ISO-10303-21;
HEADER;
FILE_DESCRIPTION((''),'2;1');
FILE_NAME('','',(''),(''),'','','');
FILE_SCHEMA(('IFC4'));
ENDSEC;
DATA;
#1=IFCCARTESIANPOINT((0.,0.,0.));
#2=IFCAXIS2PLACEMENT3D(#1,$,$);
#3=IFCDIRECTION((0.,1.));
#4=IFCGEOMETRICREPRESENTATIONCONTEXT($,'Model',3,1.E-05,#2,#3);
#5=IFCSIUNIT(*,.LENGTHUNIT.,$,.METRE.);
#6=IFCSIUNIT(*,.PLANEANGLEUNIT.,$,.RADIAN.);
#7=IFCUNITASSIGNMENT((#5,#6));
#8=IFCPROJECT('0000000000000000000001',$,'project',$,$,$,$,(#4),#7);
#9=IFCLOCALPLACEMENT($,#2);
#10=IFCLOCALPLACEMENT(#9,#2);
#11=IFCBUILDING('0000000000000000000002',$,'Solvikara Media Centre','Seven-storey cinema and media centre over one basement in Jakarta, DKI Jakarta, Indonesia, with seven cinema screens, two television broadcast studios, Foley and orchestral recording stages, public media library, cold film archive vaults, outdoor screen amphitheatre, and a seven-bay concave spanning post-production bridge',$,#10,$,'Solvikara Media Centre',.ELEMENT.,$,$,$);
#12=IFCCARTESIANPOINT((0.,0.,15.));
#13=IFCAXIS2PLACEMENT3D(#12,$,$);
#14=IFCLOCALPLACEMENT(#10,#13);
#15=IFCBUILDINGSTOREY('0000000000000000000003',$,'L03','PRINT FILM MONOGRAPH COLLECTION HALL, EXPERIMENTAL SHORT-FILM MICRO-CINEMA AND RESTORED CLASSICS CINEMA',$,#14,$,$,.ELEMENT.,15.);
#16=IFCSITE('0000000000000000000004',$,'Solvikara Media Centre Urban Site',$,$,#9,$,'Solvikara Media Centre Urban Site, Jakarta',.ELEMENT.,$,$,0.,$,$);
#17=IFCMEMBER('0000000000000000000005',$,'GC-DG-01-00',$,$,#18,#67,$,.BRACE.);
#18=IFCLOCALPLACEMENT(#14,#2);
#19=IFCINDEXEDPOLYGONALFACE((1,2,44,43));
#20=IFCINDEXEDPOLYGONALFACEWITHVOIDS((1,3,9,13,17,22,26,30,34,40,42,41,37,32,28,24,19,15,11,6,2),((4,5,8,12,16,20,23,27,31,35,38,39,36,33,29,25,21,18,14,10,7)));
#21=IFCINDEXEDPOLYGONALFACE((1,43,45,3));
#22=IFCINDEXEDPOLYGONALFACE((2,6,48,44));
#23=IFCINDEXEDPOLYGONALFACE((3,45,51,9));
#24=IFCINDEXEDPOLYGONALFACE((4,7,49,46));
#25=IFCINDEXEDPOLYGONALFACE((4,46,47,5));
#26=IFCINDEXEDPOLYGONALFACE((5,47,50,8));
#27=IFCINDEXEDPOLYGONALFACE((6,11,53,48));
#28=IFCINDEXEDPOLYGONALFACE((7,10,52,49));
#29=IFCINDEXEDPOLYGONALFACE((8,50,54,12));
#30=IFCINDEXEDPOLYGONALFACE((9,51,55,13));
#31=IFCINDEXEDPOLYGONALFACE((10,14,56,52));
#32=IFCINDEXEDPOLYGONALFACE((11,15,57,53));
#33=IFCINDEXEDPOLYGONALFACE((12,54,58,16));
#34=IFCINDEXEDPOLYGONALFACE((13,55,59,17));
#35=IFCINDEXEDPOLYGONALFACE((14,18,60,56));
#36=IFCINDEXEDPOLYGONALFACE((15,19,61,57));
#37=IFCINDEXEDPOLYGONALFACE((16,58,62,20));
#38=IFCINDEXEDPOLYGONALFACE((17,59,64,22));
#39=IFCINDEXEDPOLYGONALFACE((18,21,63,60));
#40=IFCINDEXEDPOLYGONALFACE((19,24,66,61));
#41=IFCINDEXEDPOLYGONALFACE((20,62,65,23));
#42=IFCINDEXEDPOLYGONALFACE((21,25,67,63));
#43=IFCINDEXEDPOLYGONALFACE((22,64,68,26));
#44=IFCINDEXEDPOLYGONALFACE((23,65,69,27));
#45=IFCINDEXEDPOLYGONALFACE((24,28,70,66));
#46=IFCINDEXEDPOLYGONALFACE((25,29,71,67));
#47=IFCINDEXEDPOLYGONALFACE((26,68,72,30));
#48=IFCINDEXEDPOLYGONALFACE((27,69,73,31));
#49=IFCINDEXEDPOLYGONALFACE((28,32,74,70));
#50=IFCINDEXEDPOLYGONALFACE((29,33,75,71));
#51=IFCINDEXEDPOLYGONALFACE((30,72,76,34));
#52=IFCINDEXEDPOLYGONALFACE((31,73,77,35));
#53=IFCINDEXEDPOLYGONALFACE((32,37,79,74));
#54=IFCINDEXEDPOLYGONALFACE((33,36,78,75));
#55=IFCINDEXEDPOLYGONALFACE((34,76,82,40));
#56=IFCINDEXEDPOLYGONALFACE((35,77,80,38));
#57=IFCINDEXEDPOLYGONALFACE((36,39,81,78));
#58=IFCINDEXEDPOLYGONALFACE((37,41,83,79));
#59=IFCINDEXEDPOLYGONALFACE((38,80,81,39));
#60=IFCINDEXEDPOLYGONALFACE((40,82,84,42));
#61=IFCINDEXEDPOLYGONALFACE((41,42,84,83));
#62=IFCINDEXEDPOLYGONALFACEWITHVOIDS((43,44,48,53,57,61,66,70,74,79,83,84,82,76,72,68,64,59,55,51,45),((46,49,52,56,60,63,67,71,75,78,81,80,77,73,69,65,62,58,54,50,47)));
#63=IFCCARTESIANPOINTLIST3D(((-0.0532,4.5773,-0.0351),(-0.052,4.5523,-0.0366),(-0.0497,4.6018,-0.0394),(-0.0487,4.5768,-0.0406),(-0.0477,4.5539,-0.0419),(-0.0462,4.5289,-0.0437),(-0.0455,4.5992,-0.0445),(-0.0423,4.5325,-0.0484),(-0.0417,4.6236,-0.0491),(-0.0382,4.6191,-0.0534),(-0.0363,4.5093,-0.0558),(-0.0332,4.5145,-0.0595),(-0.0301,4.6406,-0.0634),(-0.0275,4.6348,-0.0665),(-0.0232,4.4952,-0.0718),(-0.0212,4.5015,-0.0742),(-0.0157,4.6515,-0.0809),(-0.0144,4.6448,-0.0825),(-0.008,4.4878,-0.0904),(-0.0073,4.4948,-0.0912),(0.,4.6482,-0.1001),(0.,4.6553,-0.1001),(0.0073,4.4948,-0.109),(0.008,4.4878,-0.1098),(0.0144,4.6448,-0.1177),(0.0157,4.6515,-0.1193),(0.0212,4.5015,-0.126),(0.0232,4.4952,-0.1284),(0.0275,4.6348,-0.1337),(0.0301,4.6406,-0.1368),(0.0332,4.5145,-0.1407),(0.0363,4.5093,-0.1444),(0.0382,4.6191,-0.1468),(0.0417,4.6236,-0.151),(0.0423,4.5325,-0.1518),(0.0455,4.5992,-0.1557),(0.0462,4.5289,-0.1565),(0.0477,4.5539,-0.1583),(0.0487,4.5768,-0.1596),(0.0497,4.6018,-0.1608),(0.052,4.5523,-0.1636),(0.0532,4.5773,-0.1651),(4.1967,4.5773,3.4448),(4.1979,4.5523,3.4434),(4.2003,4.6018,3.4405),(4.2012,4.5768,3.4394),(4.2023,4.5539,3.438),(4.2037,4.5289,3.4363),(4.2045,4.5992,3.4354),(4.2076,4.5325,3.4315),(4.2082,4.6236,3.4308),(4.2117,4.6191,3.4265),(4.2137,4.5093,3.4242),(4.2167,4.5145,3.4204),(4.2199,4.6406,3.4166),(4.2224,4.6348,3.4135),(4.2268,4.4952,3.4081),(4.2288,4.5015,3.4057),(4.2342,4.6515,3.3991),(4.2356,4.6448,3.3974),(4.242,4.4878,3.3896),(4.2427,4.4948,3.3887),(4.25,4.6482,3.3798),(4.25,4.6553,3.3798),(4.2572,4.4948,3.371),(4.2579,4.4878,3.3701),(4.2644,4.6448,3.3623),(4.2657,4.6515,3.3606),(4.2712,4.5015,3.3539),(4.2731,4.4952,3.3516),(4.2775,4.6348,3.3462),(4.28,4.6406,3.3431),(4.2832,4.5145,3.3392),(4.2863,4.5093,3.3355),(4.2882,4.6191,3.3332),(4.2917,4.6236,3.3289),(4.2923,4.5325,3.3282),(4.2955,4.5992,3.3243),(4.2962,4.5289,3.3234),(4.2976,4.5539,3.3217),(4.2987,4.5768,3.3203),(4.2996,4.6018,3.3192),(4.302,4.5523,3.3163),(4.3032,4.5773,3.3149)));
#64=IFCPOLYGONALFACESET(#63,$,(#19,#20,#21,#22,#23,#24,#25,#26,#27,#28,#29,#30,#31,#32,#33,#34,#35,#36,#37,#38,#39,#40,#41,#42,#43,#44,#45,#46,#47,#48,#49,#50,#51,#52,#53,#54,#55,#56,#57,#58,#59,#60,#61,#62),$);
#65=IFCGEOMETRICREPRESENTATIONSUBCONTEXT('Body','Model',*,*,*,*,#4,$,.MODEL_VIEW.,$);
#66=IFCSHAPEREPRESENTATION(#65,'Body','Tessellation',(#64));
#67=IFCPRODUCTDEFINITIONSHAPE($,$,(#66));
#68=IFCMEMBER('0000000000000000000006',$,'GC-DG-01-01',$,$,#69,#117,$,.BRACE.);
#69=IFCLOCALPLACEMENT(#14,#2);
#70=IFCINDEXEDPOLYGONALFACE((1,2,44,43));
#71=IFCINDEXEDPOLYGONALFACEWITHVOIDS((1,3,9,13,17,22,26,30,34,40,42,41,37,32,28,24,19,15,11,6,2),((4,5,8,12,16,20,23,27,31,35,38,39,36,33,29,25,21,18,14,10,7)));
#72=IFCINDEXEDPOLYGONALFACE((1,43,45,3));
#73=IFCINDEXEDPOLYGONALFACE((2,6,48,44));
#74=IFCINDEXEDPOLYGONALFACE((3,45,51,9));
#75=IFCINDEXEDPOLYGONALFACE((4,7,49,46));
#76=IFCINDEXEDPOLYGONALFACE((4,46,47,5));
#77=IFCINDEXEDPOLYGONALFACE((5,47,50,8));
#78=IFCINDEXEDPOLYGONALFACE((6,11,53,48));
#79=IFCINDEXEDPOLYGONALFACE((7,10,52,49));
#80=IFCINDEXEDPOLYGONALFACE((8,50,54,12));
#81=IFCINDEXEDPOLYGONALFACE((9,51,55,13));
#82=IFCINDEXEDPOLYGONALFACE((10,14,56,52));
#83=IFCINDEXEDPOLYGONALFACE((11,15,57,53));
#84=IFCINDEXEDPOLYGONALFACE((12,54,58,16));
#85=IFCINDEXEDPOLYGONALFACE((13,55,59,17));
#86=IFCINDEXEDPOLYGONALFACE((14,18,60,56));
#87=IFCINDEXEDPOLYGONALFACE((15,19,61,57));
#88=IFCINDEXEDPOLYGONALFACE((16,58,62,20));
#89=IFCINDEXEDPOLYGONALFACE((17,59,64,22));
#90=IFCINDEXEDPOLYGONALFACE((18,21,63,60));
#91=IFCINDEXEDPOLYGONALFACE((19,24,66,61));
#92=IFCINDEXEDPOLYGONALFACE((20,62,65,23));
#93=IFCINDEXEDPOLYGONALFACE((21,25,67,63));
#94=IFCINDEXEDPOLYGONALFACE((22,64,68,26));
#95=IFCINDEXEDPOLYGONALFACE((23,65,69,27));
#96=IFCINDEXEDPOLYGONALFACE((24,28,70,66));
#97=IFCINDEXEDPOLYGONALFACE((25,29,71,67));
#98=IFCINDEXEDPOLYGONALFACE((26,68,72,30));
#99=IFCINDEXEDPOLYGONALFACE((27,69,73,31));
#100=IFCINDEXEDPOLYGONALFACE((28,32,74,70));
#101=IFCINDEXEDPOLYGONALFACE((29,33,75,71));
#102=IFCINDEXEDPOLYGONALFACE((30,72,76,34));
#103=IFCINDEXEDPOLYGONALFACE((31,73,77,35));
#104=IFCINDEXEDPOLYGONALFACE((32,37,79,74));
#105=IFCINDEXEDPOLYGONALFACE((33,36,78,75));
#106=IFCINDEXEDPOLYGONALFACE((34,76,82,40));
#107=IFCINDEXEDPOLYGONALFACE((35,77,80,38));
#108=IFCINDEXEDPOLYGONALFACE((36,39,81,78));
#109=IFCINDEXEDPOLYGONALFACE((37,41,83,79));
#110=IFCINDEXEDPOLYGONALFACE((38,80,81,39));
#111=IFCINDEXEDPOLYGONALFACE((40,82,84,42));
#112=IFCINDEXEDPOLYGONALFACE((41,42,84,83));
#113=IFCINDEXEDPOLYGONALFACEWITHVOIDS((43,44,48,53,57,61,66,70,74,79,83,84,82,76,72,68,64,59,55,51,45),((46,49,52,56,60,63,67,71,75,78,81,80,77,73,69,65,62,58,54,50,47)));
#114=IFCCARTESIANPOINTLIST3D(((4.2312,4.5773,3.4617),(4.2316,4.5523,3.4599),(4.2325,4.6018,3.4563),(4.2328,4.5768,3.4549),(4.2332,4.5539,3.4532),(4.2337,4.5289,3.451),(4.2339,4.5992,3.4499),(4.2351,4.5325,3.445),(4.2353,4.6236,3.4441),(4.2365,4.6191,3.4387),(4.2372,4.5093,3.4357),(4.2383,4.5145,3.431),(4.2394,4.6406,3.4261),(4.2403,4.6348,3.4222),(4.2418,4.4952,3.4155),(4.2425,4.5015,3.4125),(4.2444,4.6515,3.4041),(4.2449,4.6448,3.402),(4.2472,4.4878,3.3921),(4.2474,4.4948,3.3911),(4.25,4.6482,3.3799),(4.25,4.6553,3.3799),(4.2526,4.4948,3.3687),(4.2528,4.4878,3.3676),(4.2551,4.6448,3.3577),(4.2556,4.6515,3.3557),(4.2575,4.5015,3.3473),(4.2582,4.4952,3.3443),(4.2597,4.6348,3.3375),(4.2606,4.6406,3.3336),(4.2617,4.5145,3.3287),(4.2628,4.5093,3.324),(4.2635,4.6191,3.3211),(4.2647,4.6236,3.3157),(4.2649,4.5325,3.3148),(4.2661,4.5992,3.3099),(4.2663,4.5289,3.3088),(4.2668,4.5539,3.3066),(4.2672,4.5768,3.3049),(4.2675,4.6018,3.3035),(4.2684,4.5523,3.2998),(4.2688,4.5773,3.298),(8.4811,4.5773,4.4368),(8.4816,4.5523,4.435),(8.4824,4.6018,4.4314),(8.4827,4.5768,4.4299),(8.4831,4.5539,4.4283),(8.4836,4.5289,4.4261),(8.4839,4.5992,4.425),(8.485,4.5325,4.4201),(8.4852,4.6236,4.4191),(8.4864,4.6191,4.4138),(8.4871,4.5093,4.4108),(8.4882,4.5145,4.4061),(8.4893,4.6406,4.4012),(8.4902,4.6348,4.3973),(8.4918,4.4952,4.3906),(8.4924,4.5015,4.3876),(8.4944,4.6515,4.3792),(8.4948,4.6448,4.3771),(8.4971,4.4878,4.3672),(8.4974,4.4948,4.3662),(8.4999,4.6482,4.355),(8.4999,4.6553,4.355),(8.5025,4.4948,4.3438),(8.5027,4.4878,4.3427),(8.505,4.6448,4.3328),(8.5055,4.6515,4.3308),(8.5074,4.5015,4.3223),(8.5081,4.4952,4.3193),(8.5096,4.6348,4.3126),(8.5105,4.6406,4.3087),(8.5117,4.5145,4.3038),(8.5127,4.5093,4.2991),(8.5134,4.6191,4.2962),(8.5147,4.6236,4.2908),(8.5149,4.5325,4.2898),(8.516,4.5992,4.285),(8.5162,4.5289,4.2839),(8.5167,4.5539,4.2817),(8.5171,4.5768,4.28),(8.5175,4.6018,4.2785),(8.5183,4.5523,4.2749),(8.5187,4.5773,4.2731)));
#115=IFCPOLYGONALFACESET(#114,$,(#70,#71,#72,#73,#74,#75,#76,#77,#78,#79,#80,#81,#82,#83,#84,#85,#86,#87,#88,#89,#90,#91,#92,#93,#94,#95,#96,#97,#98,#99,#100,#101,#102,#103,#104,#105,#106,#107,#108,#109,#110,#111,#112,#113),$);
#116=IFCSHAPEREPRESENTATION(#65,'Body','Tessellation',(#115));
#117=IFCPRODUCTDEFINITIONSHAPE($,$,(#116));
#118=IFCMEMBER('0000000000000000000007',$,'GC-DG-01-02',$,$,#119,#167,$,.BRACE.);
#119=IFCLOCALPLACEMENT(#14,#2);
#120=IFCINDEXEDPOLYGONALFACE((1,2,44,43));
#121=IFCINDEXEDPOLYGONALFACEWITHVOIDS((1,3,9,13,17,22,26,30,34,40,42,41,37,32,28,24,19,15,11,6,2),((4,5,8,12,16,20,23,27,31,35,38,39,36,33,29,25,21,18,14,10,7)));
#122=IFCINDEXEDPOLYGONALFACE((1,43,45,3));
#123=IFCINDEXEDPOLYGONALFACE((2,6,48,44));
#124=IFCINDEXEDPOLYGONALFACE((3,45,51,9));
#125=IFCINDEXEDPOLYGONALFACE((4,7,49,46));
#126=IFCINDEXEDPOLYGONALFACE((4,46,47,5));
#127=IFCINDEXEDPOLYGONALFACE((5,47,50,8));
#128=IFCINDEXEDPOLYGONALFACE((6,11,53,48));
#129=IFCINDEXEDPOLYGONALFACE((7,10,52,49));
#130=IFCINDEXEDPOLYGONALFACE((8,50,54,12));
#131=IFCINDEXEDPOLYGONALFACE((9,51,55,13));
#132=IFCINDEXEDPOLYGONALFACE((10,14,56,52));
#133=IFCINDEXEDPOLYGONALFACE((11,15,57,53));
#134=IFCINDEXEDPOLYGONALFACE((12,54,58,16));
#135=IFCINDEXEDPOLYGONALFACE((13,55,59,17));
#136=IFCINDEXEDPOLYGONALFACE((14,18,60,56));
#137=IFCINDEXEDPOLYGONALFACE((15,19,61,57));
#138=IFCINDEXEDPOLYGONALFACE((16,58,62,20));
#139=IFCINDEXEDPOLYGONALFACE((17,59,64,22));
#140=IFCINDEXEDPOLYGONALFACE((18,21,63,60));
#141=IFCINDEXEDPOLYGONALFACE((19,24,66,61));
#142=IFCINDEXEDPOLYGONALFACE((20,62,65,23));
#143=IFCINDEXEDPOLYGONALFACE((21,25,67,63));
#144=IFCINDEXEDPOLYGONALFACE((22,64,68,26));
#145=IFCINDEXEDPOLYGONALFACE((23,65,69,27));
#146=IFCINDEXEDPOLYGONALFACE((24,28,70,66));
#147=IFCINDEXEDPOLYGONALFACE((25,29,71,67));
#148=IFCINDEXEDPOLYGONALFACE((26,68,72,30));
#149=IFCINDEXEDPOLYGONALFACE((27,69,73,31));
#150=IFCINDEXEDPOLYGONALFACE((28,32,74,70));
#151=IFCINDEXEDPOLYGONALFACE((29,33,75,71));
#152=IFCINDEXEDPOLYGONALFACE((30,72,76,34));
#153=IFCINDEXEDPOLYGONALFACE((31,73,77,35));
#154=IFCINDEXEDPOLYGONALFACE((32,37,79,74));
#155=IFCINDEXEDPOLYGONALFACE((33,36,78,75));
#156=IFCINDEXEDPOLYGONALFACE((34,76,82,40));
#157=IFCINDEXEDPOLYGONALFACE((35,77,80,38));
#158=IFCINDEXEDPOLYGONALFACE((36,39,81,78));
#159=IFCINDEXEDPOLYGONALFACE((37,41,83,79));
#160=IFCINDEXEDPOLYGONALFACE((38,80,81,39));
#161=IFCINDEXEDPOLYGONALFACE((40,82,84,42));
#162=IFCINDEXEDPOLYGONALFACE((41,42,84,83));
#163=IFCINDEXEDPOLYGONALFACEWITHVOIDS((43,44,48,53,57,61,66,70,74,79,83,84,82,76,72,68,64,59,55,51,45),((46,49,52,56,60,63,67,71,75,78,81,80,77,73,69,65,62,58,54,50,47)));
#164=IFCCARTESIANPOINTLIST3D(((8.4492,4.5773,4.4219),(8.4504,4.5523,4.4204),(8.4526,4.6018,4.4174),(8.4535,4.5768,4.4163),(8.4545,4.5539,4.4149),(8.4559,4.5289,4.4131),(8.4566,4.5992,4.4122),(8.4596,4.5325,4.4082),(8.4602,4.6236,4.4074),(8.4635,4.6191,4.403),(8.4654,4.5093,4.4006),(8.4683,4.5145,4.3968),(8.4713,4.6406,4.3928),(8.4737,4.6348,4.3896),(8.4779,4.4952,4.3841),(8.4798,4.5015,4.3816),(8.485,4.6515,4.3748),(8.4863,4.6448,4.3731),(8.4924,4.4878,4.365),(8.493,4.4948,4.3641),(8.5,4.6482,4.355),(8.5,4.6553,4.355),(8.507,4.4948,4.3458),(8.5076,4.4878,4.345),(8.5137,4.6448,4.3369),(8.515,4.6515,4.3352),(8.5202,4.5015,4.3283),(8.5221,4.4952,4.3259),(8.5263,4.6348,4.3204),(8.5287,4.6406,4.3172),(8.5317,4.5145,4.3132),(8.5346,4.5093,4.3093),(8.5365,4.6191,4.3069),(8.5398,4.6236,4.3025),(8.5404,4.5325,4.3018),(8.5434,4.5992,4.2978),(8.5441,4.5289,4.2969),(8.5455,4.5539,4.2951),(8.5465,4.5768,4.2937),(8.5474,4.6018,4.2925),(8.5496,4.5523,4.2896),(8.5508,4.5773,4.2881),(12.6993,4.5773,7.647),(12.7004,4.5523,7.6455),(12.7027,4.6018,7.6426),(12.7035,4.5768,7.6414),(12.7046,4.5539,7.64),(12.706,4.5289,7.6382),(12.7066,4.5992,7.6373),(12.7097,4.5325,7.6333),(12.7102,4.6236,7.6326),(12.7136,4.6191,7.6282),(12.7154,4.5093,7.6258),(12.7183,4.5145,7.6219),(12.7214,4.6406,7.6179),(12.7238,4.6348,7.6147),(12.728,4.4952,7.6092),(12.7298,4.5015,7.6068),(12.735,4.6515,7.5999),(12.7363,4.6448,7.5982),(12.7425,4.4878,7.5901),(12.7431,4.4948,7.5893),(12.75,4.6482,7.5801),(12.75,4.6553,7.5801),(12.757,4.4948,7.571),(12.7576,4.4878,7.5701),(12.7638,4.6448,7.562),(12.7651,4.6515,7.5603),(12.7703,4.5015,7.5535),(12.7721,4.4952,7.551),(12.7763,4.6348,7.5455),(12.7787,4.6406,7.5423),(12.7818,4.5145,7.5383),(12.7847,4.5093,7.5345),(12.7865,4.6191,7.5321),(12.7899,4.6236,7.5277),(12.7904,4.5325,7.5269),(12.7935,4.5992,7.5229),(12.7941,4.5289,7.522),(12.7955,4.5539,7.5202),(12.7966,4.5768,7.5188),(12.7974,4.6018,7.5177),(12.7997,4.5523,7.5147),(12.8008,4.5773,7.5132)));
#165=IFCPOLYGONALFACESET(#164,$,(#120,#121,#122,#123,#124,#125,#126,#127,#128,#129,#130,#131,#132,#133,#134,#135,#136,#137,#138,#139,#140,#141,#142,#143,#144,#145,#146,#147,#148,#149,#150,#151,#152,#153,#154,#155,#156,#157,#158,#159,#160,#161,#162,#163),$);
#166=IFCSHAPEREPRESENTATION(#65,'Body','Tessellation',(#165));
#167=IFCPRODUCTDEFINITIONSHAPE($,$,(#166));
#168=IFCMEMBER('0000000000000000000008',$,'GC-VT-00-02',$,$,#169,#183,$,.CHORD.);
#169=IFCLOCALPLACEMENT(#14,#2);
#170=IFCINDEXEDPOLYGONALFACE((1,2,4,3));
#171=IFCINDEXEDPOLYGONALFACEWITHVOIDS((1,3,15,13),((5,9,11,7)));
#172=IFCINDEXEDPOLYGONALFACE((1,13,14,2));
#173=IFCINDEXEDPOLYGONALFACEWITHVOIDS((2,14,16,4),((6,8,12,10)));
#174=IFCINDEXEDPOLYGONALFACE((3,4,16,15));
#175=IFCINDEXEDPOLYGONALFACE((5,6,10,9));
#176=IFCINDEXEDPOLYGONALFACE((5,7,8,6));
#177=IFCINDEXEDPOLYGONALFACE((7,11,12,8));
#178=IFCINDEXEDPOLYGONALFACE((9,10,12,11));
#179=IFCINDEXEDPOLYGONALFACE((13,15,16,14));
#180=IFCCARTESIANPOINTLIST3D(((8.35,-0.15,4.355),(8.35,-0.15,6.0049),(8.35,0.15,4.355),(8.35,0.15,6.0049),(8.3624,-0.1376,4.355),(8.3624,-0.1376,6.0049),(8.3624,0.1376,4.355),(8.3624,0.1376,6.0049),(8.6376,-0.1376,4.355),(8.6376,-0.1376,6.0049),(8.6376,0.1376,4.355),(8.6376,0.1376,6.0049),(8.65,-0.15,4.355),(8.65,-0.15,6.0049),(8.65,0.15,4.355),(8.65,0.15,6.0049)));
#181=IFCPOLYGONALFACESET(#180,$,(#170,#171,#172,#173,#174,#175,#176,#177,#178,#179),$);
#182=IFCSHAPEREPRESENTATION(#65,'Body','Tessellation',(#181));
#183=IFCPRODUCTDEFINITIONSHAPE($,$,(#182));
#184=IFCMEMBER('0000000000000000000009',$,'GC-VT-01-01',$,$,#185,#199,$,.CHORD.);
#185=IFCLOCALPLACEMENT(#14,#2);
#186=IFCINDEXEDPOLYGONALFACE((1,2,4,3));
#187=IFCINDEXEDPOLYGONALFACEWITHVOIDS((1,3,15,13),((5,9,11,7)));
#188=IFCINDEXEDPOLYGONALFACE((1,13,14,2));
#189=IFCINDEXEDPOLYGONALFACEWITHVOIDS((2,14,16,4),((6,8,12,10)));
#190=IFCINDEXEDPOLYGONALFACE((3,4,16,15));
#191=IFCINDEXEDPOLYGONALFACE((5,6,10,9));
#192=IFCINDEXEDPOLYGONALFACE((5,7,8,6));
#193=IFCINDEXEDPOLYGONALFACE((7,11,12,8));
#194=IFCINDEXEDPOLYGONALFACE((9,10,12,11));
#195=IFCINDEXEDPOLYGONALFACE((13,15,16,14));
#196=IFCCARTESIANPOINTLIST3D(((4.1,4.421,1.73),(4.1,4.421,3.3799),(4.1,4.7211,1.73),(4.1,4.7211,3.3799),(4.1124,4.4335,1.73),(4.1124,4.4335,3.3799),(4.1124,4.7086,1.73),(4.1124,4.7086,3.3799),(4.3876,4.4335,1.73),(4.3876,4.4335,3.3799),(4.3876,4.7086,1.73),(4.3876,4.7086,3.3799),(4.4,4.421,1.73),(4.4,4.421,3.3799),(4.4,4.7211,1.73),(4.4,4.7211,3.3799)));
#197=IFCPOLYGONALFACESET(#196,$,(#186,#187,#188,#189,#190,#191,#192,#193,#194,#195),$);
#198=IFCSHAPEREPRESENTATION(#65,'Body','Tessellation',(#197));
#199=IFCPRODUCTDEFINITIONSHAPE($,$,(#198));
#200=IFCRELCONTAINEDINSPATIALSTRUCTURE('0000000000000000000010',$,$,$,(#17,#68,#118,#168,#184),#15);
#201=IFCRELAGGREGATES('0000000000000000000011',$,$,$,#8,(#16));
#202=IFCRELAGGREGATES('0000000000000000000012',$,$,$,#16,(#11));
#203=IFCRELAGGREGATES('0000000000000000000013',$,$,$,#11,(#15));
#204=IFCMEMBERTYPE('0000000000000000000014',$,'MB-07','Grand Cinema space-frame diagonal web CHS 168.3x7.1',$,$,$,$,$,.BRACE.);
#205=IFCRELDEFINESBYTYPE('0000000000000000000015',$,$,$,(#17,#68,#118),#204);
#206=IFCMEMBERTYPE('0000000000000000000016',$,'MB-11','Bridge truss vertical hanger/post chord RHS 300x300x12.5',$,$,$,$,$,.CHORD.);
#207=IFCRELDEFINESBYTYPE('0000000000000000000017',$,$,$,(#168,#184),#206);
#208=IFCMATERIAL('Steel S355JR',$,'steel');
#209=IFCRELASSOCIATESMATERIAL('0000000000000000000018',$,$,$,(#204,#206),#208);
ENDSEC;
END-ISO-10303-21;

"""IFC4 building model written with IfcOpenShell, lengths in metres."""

from ifc_helpers import new_model, si_unit, direction, frame, origin, origin_2d, place, context, subcontext, project, spatial, hollow_rectangle, hollow_circle, extrude, material, material_profile, profile_set, type_object, element, save


model = new_model("IFC4")

# Units and contexts
model_context = context("Model", 3, precision=1e-05, world=origin(), true_north=direction((0.0, 1.0)))
body_context = subcontext(model_context, "Body", "Model", "MODEL_VIEW")
ifc_project = project(units=[si_unit("LENGTHUNIT", "METRE"), si_unit("PLANEANGLEUNIT", "RADIAN")], contexts=[model_context])

# Site, building, storey
site_placement = place(None, origin())
site = spatial("IfcSite", under=ifc_project, at=site_placement, Name="Solvikara Media Centre Urban Site", LongName="Solvikara Media Centre Urban Site, Jakarta", CompositionType="ELEMENT", RefElevation=0.0)
building_placement = place(site_placement, origin())
building = spatial("IfcBuilding", under=site, at=building_placement, Name="Solvikara Media Centre", Description="Seven-storey cinema and media centre over one basement in Jakarta, DKI Jakarta, Indonesia, with seven cinema screens, two television broadcast studios, Foley and orchestral recording stages, public media library, cold film archive vaults, outdoor screen amphitheatre, and a seven-bay concave spanning post-production bridge", LongName="Solvikara Media Centre", CompositionType="ELEMENT")
storey_placement = place(building_placement, frame((0.0, 0.0, 15.0)))
storey = spatial("IfcBuildingStorey", under=building, at=storey_placement, Name="L03", Description="PRINT FILM MONOGRAPH COLLECTION HALL, EXPERIMENTAL SHORT-FILM MICRO-CINEMA AND RESTORED CLASSICS CINEMA", CompositionType="ELEMENT", Elevation=15.0)

# Shared definitions
ifc_material_1 = material(Name="Steel S355JR", Category="steel")

# Members
ifc_material_profile_1 = material_profile(ifc_material_1, hollow_circle(Radius=0.0842, WallThickness=0.0071, at=origin_2d()), Name="CHS 168.3x7.1")
ifc_profile_set_1 = profile_set([ifc_material_profile_1], Name="Steel S355JR")
member_type_1 = type_object("IfcMemberType", Name="MB-07", Description="Grand Cinema space-frame diagonal web CHS 168.3x7.1", PredefinedType="BRACE", material=ifc_profile_set_1)
member_1_placement = place(storey_placement, frame((0.0, 4.571, -0.1001), z_axis=(0.773716, 0.0, 0.633533), x_axis=(0.0, 1.0, 0.0)))
element("IfcMember", 1, at=member_1_placement, inside=storey, type_object=member_type_1, Name="GC-DG-01-00", PredefinedType="BRACE", context=body_context, shape_type="SweptSolid", body=[
    extrude(hollow_circle(Radius=0.0842, WallThickness=0.0071, at=origin_2d()), origin(), (0.0, 0.0, 1.0), 5.4929),
])
member_2_placement = place(storey_placement, frame((4.25, 4.571, 3.3799), z_axis=(0.974675, 0.0, 0.223624), x_axis=(0.0, 1.0, 0.0)))
element("IfcMember", 2, at=member_2_placement, inside=storey, type_object=member_type_1, Name="GC-DG-01-01", PredefinedType="BRACE", context=body_context, shape_type="SweptSolid", body=[
    extrude(hollow_circle(Radius=0.0842, WallThickness=0.0071, at=origin_2d()), origin(), (0.0, 0.0, 1.0), 4.3604),
])
member_3_placement = place(storey_placement, frame((8.5, 4.571, 4.355), z_axis=(0.796605, 0.0, 0.604501), x_axis=(0.0, 1.0, 0.0)))
element("IfcMember", 3, at=member_3_placement, inside=storey, type_object=member_type_1, Name="GC-DG-01-02", PredefinedType="BRACE", context=body_context, shape_type="SweptSolid", body=[
    extrude(hollow_circle(Radius=0.0842, WallThickness=0.0071, at=origin_2d()), origin(), (0.0, 0.0, 1.0), 5.3352),
])
ifc_material_profile_2 = material_profile(ifc_material_1, hollow_rectangle(XDim=0.3, YDim=0.3, WallThickness=0.0125, at=origin_2d()), Name="RHS 300x300x12.5")
ifc_profile_set_2 = profile_set([ifc_material_profile_2], Name="Steel S355JR")
member_type_2 = type_object("IfcMemberType", Name="MB-11", Description="Bridge truss vertical hanger/post chord RHS 300x300x12.5", PredefinedType="CHORD", material=ifc_profile_set_2)
for number, where, z_axis, x_axis, name in (
    (4, (8.5, 0.0, 4.355), (0.0, 0.0, 1.0), (1.0, 0.0, 0.0), "GC-VT-00-02"),
    (5, (4.25, 4.571, 1.73), (0.0, 0.0, 1.0), (1.0, 0.0, 0.0), "GC-VT-01-01"),
):
    element("IfcMember", number, at=place(storey_placement, frame(where, z_axis=z_axis, x_axis=x_axis)), inside=storey, type_object=member_type_2, Name=name, PredefinedType="CHORD", context=body_context, shape_type="SweptSolid", body=[
        extrude(hollow_rectangle(XDim=0.3, YDim=0.3, WallThickness=0.0125, at=origin_2d()), origin(), (0.0, 0.0, 1.0), 1.6499),
    ])

save(model, "model.ifc")
